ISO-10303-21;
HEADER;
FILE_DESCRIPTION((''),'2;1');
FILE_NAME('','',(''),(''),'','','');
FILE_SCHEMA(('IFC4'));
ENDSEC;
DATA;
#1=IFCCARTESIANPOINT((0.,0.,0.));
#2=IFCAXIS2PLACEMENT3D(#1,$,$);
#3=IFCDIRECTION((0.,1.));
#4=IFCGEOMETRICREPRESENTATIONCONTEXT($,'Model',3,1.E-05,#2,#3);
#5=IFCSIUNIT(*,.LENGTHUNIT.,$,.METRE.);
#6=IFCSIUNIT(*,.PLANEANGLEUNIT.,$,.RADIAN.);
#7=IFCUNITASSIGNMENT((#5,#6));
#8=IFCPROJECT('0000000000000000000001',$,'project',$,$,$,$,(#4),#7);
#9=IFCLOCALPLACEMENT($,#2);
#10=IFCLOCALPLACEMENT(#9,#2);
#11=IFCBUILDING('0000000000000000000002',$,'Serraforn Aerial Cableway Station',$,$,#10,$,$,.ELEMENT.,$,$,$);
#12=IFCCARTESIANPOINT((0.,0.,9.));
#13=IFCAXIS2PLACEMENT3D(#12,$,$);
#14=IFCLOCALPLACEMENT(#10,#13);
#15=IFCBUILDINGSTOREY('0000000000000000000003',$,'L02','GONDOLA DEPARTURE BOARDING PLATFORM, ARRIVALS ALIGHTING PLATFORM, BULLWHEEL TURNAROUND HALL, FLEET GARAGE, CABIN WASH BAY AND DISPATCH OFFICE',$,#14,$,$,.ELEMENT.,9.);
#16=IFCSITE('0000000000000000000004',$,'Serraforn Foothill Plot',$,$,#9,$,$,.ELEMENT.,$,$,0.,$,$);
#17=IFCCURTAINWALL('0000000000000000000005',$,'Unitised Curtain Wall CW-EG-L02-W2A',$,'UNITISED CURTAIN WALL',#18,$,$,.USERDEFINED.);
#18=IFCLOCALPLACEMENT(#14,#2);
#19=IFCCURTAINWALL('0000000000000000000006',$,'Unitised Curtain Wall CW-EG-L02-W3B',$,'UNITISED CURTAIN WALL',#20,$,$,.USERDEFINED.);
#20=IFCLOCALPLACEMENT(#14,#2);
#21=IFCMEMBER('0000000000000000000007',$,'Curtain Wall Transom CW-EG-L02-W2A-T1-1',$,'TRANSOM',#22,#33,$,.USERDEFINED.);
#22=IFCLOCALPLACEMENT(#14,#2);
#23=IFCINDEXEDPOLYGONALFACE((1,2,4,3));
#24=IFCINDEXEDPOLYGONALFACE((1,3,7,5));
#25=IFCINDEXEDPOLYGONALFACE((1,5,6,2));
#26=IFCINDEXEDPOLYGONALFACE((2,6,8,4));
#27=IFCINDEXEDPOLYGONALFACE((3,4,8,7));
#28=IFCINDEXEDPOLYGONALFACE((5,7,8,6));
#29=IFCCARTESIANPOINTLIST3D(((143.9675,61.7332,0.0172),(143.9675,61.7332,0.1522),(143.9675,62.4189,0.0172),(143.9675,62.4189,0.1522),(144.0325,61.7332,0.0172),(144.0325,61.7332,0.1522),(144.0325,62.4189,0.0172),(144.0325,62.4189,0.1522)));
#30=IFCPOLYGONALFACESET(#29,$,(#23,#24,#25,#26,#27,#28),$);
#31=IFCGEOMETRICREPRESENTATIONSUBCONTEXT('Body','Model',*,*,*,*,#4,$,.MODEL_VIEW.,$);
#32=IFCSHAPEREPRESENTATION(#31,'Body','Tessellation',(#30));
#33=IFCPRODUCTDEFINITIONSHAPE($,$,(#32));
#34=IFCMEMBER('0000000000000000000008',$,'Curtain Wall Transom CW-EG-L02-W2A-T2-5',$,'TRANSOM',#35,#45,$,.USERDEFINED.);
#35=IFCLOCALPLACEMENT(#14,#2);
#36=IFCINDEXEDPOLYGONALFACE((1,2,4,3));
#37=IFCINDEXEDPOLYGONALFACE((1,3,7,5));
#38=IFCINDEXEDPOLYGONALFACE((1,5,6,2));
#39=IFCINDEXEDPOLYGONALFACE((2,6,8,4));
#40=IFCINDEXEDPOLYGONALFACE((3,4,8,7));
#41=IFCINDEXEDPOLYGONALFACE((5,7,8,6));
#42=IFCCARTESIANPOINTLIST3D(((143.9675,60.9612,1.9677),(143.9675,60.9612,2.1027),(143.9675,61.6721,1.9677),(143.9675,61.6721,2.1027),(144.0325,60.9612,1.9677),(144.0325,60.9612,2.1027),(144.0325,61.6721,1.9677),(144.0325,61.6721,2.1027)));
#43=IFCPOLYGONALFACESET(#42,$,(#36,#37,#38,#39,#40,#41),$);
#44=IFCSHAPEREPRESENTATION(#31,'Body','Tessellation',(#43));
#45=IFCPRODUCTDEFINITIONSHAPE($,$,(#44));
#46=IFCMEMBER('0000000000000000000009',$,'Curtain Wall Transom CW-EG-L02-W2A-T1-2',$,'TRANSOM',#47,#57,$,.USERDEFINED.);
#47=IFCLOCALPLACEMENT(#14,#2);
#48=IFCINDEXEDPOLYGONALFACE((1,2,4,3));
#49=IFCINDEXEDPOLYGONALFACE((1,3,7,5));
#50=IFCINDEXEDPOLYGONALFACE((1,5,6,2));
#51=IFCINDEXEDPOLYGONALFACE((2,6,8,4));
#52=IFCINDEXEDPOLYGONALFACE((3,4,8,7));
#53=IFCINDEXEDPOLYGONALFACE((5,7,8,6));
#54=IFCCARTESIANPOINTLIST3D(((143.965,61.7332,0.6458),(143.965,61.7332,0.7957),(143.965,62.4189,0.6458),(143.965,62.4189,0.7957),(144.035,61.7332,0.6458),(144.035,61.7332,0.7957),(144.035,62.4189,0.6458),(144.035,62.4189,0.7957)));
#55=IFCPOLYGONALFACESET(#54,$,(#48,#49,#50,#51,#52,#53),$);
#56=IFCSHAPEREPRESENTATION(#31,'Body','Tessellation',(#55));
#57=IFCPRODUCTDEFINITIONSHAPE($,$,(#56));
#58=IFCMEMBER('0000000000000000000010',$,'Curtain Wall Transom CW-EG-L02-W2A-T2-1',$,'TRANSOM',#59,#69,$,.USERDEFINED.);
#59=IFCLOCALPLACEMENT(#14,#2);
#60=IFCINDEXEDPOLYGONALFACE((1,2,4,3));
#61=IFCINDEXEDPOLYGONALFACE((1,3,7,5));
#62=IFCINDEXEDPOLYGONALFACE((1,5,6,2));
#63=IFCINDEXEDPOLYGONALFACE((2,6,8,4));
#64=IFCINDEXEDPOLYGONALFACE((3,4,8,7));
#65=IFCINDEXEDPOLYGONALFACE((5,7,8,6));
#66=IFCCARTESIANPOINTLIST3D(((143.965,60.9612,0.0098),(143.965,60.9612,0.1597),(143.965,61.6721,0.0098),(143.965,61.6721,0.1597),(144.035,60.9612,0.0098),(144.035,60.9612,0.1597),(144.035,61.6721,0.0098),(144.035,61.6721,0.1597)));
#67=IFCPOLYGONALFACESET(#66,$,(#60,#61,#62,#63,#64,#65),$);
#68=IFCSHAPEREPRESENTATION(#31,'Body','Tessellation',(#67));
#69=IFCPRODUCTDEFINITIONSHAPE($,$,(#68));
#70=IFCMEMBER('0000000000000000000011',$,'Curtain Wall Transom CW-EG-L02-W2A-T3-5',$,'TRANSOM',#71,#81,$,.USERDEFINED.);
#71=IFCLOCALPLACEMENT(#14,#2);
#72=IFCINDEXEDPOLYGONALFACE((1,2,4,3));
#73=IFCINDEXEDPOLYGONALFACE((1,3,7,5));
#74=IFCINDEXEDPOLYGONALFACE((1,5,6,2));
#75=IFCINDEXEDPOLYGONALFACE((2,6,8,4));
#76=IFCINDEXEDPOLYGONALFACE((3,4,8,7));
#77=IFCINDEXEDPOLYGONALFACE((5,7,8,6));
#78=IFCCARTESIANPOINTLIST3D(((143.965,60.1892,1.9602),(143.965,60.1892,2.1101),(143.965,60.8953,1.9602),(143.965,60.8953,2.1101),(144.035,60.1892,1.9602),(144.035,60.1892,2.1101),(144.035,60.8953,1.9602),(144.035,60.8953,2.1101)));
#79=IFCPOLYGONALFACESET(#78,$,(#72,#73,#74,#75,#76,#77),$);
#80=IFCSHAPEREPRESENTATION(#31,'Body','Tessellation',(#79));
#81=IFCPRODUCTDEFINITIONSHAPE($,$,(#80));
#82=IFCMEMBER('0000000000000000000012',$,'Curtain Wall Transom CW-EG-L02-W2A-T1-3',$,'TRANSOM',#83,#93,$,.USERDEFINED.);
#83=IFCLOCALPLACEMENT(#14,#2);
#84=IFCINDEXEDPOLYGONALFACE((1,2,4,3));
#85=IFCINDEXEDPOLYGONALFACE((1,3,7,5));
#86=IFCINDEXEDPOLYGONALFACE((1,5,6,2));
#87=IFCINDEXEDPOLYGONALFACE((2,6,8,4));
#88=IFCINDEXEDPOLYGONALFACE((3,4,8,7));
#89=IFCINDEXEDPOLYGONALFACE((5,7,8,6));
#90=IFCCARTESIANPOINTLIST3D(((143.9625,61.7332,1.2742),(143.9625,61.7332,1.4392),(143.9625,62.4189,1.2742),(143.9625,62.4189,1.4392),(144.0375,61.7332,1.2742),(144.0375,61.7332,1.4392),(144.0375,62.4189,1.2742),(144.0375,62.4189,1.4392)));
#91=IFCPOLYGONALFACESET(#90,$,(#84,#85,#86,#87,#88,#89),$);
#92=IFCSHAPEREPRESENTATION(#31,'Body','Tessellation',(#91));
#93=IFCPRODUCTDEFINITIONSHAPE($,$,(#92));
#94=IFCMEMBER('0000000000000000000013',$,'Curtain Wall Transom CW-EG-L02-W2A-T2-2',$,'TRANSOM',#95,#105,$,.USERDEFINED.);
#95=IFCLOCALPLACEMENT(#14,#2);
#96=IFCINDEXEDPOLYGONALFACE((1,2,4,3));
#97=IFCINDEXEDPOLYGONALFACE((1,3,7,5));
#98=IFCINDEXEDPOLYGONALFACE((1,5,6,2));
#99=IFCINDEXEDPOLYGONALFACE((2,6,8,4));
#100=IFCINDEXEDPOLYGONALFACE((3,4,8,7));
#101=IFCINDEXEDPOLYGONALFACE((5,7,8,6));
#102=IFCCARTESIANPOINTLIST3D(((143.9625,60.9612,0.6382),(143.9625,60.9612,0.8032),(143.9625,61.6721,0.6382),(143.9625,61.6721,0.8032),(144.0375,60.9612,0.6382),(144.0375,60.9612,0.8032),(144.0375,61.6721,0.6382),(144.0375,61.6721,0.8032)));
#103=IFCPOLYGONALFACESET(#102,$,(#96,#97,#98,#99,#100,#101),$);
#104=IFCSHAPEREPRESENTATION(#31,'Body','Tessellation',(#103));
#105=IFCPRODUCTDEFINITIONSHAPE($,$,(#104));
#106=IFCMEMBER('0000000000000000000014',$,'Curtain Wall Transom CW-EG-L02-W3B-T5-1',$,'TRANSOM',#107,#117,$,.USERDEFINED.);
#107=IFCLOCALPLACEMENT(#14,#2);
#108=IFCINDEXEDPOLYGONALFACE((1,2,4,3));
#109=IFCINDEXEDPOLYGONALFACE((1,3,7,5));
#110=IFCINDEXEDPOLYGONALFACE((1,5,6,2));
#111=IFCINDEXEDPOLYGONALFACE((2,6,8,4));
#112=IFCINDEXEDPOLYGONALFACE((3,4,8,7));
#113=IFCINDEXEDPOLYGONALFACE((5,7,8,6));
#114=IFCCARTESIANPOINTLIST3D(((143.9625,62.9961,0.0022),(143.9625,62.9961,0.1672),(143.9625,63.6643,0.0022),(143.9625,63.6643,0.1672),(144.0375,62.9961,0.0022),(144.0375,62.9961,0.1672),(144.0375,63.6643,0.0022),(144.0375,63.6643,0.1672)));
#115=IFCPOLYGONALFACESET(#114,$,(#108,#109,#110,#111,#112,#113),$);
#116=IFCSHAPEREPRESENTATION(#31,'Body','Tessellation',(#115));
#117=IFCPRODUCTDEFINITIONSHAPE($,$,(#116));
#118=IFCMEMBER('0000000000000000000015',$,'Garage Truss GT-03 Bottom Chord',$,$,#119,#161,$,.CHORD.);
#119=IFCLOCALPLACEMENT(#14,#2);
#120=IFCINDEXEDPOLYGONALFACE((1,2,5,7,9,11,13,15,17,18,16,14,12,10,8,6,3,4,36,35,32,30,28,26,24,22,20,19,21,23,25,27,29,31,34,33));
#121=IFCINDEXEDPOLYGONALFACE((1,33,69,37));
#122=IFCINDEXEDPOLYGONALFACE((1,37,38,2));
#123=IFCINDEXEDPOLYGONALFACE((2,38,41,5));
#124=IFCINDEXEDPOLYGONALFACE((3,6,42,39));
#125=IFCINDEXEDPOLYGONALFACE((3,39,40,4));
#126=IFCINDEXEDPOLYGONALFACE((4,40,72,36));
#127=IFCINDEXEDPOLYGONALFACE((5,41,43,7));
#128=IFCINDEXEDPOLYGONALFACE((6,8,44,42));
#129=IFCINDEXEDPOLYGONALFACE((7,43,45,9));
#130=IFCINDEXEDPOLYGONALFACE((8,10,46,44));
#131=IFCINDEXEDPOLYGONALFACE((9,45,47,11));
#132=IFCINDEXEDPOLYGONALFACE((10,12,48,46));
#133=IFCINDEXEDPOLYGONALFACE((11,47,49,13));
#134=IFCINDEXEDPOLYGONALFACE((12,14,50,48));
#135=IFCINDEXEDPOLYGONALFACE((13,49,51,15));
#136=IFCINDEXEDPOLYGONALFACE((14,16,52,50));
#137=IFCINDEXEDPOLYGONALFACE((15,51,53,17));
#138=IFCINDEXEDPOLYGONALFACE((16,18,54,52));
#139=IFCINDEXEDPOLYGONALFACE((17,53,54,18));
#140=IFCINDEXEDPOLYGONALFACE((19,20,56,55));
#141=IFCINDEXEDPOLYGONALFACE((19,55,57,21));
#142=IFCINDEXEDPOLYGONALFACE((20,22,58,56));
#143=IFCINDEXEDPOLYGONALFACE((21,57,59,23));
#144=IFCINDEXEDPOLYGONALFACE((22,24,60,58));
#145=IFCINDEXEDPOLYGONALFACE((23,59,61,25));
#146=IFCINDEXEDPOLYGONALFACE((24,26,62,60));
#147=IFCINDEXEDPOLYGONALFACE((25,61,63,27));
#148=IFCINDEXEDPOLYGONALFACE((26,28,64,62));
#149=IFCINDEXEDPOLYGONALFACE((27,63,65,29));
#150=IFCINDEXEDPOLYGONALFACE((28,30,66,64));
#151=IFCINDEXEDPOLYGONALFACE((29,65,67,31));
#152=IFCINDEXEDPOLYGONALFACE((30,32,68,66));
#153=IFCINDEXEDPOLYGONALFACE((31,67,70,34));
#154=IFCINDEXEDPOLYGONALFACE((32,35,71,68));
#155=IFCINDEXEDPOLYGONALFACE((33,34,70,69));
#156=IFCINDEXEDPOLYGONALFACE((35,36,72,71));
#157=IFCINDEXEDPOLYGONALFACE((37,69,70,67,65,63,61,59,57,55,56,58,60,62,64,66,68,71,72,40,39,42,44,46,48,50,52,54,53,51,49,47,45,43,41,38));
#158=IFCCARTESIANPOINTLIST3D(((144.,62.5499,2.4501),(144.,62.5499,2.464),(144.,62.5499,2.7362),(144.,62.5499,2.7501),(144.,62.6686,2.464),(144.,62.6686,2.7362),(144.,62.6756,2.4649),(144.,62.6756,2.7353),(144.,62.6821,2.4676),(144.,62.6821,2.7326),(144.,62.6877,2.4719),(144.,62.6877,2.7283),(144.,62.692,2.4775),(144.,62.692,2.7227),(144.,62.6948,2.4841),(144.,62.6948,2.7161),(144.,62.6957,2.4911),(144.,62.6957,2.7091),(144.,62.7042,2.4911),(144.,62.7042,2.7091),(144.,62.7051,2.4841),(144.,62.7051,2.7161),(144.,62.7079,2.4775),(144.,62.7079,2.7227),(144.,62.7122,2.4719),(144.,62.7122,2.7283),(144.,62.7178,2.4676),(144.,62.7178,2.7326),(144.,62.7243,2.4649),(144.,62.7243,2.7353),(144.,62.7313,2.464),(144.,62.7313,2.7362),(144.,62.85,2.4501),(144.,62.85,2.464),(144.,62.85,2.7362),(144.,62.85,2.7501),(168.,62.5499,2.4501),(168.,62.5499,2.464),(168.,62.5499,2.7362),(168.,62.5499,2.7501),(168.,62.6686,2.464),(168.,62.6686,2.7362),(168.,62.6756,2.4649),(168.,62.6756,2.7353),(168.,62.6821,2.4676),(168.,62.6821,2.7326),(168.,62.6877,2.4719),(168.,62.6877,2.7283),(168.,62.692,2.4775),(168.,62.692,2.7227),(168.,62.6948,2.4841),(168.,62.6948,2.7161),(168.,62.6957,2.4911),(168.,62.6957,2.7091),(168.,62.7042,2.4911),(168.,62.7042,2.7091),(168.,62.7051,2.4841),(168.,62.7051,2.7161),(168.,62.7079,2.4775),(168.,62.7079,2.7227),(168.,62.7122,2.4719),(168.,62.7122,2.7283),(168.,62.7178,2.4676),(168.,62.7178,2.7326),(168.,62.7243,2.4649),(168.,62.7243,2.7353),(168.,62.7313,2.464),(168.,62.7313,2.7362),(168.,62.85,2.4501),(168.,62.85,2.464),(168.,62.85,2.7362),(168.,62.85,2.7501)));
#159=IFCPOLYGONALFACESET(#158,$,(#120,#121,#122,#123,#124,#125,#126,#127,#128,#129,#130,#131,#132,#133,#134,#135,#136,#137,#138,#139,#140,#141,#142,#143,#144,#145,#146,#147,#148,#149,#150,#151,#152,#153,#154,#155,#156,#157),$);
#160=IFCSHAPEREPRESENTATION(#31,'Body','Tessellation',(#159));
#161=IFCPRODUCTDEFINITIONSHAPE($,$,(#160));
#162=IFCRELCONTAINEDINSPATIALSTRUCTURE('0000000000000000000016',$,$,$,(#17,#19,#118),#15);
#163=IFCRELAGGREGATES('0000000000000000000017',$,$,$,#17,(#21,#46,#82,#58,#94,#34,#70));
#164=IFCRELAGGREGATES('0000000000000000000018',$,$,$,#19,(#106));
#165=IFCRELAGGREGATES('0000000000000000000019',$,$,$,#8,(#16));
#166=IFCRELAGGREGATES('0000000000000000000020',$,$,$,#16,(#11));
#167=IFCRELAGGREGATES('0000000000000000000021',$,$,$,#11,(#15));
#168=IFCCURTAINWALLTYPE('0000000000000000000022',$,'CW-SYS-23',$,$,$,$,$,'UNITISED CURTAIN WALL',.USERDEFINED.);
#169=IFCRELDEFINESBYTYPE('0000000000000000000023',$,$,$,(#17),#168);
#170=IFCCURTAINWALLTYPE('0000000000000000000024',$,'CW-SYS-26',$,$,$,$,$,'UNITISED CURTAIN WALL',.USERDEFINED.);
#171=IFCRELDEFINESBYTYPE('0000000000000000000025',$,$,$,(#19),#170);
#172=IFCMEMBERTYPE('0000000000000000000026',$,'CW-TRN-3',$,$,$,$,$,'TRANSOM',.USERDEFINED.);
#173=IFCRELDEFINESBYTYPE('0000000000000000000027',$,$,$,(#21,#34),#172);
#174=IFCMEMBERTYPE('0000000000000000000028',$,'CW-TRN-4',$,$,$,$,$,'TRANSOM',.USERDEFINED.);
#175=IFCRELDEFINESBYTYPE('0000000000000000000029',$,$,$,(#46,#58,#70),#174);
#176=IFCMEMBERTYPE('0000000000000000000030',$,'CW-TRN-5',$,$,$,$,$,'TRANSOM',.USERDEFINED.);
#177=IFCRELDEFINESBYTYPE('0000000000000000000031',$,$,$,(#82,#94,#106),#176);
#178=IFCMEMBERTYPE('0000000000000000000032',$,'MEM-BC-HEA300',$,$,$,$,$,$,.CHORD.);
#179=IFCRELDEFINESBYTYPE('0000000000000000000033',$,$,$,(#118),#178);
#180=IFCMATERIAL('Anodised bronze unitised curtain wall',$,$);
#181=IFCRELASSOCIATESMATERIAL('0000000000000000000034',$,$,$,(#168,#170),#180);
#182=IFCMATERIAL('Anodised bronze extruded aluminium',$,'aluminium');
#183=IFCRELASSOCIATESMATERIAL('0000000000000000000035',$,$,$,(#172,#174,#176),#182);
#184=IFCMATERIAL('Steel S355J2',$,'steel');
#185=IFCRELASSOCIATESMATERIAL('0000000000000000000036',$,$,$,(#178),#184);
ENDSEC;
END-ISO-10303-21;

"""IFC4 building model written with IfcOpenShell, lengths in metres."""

from ifc_helpers import new_model, si_unit, direction, frame, origin, origin_2d, place, context, subcontext, project, spatial, rectangle, i_section, extrude, material, material_profile, profile_set, type_object, element, aggregate, save


model = new_model("IFC4")

# Units and contexts
model_context = context("Model", 3, precision=1e-05, world=origin(), true_north=direction((0.0, 1.0)))
body_context = subcontext(model_context, "Body", "Model", "MODEL_VIEW")
ifc_project = project(units=[si_unit("LENGTHUNIT", "METRE"), si_unit("PLANEANGLEUNIT", "RADIAN")], contexts=[model_context])

# Site, building, storey
site_placement = place(None, origin())
site = spatial("IfcSite", under=ifc_project, at=site_placement, Name="Serraforn Foothill Plot", CompositionType="ELEMENT", RefElevation=0.0)
building_placement = place(site_placement, origin())
building = spatial("IfcBuilding", under=site, at=building_placement, Name="Serraforn Aerial Cableway Station", CompositionType="ELEMENT")
storey_placement = place(building_placement, frame((0.0, 0.0, 9.0)))
storey = spatial("IfcBuildingStorey", under=building, at=storey_placement, Name="L02", Description="GONDOLA DEPARTURE BOARDING PLATFORM, ARRIVALS ALIGHTING PLATFORM, BULLWHEEL TURNAROUND HALL, FLEET GARAGE, CABIN WASH BAY AND DISPATCH OFFICE", CompositionType="ELEMENT", Elevation=9.0)

# Shared definitions
ifc_material_1 = material(Name="Steel S355J2", Category="steel")

# Curtain wall
ifc_material_2 = material(Name="Anodised bronze unitised curtain wall")
curtain_wall_type_1 = type_object("IfcCurtainWallType", Name="CW-SYS-23", ElementType="UNITISED CURTAIN WALL", PredefinedType="USERDEFINED", material=ifc_material_2)
curtain_wall_1_placement = place(storey_placement, origin())
curtain_wall_1 = element("IfcCurtainWall", 1, at=curtain_wall_1_placement, inside=storey, type_object=curtain_wall_type_1, Name="Unitised Curtain Wall CW-EG-L02-W2A", ObjectType="UNITISED CURTAIN WALL", PredefinedType="USERDEFINED")
ifc_material_3 = material(Name="Anodised bronze extruded aluminium", Category="aluminium")

# Curtain wall
curtain_wall_type_2 = type_object("IfcCurtainWallType", Name="CW-SYS-26", ElementType="UNITISED CURTAIN WALL", PredefinedType="USERDEFINED", material=ifc_material_2)
curtain_wall_2_placement = place(storey_placement, origin())
curtain_wall_2 = element("IfcCurtainWall", 2, at=curtain_wall_2_placement, inside=storey, type_object=curtain_wall_type_2, Name="Unitised Curtain Wall CW-EG-L02-W3B", ObjectType="UNITISED CURTAIN WALL", PredefinedType="USERDEFINED")

# Members
ifc_material_profile_1 = material_profile(ifc_material_3, rectangle(XDim=0.0649, YDim=0.135, at=origin_2d()), Name="CW TRANSOM 65x135")
ifc_profile_set_1 = profile_set([ifc_material_profile_1], Name="Anodised bronze extruded aluminium")
member_type_1 = type_object("IfcMemberType", Name="CW-TRN-3", ElementType="TRANSOM", PredefinedType="USERDEFINED", material=ifc_profile_set_1)
member_1_placement = place(storey_placement, frame((144.0, 62.4189, 0.0847), z_axis=(0.0, -1.0, 0.0), x_axis=(1.0, 0.0, 0.0)))
member_1 = element("IfcMember", 3, at=member_1_placement, type_object=member_type_1, Name="Curtain Wall Transom CW-EG-L02-W2A-T1-1", ObjectType="TRANSOM", PredefinedType="USERDEFINED", context=body_context, shape_type="SweptSolid", body=[
    extrude(rectangle(XDim=0.0649, YDim=0.135, at=origin_2d()), origin(), (0.0, 0.0, 1.0), 0.6858),
])
member_2_placement = place(storey_placement, frame((144.0, 61.6721, 2.0352), z_axis=(0.0, -1.0, 0.0), x_axis=(1.0, 0.0, 0.0)))
member_2 = element("IfcMember", 4, at=member_2_placement, type_object=member_type_1, Name="Curtain Wall Transom CW-EG-L02-W2A-T2-5", ObjectType="TRANSOM", PredefinedType="USERDEFINED", context=body_context, shape_type="SweptSolid", body=[
    extrude(rectangle(XDim=0.0649, YDim=0.135, at=origin_2d()), origin(), (0.0, 0.0, 1.0), 0.7109),
])
ifc_material_profile_2 = material_profile(ifc_material_3, rectangle(XDim=0.0701, YDim=0.1499, at=origin_2d()), Name="CW TRANSOM 70x150")
ifc_profile_set_2 = profile_set([ifc_material_profile_2], Name="Anodised bronze extruded aluminium")
member_type_2 = type_object("IfcMemberType", Name="CW-TRN-4", ElementType="TRANSOM", PredefinedType="USERDEFINED", material=ifc_profile_set_2)
member_3_placement = place(storey_placement, frame((144.0, 62.4189, 0.7207), z_axis=(0.0, -1.0, 0.0), x_axis=(1.0, 0.0, 0.0)))
member_3 = element("IfcMember", 5, at=member_3_placement, type_object=member_type_2, Name="Curtain Wall Transom CW-EG-L02-W2A-T1-2", ObjectType="TRANSOM", PredefinedType="USERDEFINED", context=body_context, shape_type="SweptSolid", body=[
    extrude(rectangle(XDim=0.0701, YDim=0.1499, at=origin_2d()), origin(), (0.0, 0.0, 1.0), 0.6858),
])
member_4_placement = place(storey_placement, frame((144.0, 61.6721, 0.0847), z_axis=(0.0, -1.0, 0.0), x_axis=(1.0, 0.0, 0.0)))
member_4 = element("IfcMember", 6, at=member_4_placement, type_object=member_type_2, Name="Curtain Wall Transom CW-EG-L02-W2A-T2-1", ObjectType="TRANSOM", PredefinedType="USERDEFINED", context=body_context, shape_type="SweptSolid", body=[
    extrude(rectangle(XDim=0.0701, YDim=0.1499, at=origin_2d()), origin(), (0.0, 0.0, 1.0), 0.7109),
])
member_5_placement = place(storey_placement, frame((144.0, 60.8953, 2.0352), z_axis=(0.0, -1.0, 0.0), x_axis=(1.0, 0.0, 0.0)))
member_5 = element("IfcMember", 7, at=member_5_placement, type_object=member_type_2, Name="Curtain Wall Transom CW-EG-L02-W2A-T3-5", ObjectType="TRANSOM", PredefinedType="USERDEFINED", context=body_context, shape_type="SweptSolid", body=[
    extrude(rectangle(XDim=0.0701, YDim=0.1499, at=origin_2d()), origin(), (0.0, 0.0, 1.0), 0.7061),
])
ifc_material_profile_3 = material_profile(ifc_material_3, rectangle(XDim=0.075, YDim=0.165, at=origin_2d()), Name="CW TRANSOM 75x165")
ifc_profile_set_3 = profile_set([ifc_material_profile_3], Name="Anodised bronze extruded aluminium")
member_type_3 = type_object("IfcMemberType", Name="CW-TRN-5", ElementType="TRANSOM", PredefinedType="USERDEFINED", material=ifc_profile_set_3)
member_6_placement = place(storey_placement, frame((144.0, 62.4189, 1.3567), z_axis=(0.0, -1.0, 0.0), x_axis=(1.0, 0.0, 0.0)))
member_6 = element("IfcMember", 8, at=member_6_placement, type_object=member_type_3, Name="Curtain Wall Transom CW-EG-L02-W2A-T1-3", ObjectType="TRANSOM", PredefinedType="USERDEFINED", context=body_context, shape_type="SweptSolid", body=[
    extrude(rectangle(XDim=0.075, YDim=0.165, at=origin_2d()), origin(), (0.0, 0.0, 1.0), 0.6858),
])
member_7_placement = place(storey_placement, frame((144.0, 61.6721, 0.7207), z_axis=(0.0, -1.0, 0.0), x_axis=(1.0, 0.0, 0.0)))
member_7 = element("IfcMember", 9, at=member_7_placement, type_object=member_type_3, Name="Curtain Wall Transom CW-EG-L02-W2A-T2-2", ObjectType="TRANSOM", PredefinedType="USERDEFINED", context=body_context, shape_type="SweptSolid", body=[
    extrude(rectangle(XDim=0.075, YDim=0.165, at=origin_2d()), origin(), (0.0, 0.0, 1.0), 0.7109),
])
member_8_placement = place(storey_placement, frame((144.0, 63.6643, 0.0847), z_axis=(0.0, -1.0, 0.0), x_axis=(1.0, 0.0, 0.0)))
member_8 = element("IfcMember", 10, at=member_8_placement, type_object=member_type_3, Name="Curtain Wall Transom CW-EG-L02-W3B-T5-1", ObjectType="TRANSOM", PredefinedType="USERDEFINED", context=body_context, shape_type="SweptSolid", body=[
    extrude(rectangle(XDim=0.075, YDim=0.165, at=origin_2d()), origin(), (0.0, 0.0, 1.0), 0.6682),
])

# Member
ifc_material_profile_4 = material_profile(ifc_material_1, i_section(OverallWidth=0.3, OverallDepth=0.3, WebThickness=0.0085, FlangeThickness=0.0139, FilletRadius=0.0271, at=origin_2d()), Name="HEA 300")
ifc_profile_set_4 = profile_set([ifc_material_profile_4], Name="Steel S355J2")
member_type_4 = type_object("IfcMemberType", Name="MEM-BC-HEA300", PredefinedType="CHORD", material=ifc_profile_set_4)
member_9_placement = place(storey_placement, frame((144.0, 62.7, 2.6001), z_axis=(1.0, 0.0, 0.0), x_axis=(0.0, 1.0, 0.0)))
element("IfcMember", 11, at=member_9_placement, inside=storey, type_object=member_type_4, Name="Garage Truss GT-03 Bottom Chord", PredefinedType="CHORD", context=body_context, shape_type="SweptSolid", body=[
    extrude(i_section(OverallWidth=0.3, OverallDepth=0.3, WebThickness=0.0085, FlangeThickness=0.0139, FilletRadius=0.0271, at=origin_2d()), origin(), (0.0, 0.0, 1.0), 24.0),
])

aggregate(curtain_wall_1, [member_1, member_3, member_6, member_4, member_7, member_2, member_5])
aggregate(curtain_wall_2, [member_8])

save(model, "model.ifc")
